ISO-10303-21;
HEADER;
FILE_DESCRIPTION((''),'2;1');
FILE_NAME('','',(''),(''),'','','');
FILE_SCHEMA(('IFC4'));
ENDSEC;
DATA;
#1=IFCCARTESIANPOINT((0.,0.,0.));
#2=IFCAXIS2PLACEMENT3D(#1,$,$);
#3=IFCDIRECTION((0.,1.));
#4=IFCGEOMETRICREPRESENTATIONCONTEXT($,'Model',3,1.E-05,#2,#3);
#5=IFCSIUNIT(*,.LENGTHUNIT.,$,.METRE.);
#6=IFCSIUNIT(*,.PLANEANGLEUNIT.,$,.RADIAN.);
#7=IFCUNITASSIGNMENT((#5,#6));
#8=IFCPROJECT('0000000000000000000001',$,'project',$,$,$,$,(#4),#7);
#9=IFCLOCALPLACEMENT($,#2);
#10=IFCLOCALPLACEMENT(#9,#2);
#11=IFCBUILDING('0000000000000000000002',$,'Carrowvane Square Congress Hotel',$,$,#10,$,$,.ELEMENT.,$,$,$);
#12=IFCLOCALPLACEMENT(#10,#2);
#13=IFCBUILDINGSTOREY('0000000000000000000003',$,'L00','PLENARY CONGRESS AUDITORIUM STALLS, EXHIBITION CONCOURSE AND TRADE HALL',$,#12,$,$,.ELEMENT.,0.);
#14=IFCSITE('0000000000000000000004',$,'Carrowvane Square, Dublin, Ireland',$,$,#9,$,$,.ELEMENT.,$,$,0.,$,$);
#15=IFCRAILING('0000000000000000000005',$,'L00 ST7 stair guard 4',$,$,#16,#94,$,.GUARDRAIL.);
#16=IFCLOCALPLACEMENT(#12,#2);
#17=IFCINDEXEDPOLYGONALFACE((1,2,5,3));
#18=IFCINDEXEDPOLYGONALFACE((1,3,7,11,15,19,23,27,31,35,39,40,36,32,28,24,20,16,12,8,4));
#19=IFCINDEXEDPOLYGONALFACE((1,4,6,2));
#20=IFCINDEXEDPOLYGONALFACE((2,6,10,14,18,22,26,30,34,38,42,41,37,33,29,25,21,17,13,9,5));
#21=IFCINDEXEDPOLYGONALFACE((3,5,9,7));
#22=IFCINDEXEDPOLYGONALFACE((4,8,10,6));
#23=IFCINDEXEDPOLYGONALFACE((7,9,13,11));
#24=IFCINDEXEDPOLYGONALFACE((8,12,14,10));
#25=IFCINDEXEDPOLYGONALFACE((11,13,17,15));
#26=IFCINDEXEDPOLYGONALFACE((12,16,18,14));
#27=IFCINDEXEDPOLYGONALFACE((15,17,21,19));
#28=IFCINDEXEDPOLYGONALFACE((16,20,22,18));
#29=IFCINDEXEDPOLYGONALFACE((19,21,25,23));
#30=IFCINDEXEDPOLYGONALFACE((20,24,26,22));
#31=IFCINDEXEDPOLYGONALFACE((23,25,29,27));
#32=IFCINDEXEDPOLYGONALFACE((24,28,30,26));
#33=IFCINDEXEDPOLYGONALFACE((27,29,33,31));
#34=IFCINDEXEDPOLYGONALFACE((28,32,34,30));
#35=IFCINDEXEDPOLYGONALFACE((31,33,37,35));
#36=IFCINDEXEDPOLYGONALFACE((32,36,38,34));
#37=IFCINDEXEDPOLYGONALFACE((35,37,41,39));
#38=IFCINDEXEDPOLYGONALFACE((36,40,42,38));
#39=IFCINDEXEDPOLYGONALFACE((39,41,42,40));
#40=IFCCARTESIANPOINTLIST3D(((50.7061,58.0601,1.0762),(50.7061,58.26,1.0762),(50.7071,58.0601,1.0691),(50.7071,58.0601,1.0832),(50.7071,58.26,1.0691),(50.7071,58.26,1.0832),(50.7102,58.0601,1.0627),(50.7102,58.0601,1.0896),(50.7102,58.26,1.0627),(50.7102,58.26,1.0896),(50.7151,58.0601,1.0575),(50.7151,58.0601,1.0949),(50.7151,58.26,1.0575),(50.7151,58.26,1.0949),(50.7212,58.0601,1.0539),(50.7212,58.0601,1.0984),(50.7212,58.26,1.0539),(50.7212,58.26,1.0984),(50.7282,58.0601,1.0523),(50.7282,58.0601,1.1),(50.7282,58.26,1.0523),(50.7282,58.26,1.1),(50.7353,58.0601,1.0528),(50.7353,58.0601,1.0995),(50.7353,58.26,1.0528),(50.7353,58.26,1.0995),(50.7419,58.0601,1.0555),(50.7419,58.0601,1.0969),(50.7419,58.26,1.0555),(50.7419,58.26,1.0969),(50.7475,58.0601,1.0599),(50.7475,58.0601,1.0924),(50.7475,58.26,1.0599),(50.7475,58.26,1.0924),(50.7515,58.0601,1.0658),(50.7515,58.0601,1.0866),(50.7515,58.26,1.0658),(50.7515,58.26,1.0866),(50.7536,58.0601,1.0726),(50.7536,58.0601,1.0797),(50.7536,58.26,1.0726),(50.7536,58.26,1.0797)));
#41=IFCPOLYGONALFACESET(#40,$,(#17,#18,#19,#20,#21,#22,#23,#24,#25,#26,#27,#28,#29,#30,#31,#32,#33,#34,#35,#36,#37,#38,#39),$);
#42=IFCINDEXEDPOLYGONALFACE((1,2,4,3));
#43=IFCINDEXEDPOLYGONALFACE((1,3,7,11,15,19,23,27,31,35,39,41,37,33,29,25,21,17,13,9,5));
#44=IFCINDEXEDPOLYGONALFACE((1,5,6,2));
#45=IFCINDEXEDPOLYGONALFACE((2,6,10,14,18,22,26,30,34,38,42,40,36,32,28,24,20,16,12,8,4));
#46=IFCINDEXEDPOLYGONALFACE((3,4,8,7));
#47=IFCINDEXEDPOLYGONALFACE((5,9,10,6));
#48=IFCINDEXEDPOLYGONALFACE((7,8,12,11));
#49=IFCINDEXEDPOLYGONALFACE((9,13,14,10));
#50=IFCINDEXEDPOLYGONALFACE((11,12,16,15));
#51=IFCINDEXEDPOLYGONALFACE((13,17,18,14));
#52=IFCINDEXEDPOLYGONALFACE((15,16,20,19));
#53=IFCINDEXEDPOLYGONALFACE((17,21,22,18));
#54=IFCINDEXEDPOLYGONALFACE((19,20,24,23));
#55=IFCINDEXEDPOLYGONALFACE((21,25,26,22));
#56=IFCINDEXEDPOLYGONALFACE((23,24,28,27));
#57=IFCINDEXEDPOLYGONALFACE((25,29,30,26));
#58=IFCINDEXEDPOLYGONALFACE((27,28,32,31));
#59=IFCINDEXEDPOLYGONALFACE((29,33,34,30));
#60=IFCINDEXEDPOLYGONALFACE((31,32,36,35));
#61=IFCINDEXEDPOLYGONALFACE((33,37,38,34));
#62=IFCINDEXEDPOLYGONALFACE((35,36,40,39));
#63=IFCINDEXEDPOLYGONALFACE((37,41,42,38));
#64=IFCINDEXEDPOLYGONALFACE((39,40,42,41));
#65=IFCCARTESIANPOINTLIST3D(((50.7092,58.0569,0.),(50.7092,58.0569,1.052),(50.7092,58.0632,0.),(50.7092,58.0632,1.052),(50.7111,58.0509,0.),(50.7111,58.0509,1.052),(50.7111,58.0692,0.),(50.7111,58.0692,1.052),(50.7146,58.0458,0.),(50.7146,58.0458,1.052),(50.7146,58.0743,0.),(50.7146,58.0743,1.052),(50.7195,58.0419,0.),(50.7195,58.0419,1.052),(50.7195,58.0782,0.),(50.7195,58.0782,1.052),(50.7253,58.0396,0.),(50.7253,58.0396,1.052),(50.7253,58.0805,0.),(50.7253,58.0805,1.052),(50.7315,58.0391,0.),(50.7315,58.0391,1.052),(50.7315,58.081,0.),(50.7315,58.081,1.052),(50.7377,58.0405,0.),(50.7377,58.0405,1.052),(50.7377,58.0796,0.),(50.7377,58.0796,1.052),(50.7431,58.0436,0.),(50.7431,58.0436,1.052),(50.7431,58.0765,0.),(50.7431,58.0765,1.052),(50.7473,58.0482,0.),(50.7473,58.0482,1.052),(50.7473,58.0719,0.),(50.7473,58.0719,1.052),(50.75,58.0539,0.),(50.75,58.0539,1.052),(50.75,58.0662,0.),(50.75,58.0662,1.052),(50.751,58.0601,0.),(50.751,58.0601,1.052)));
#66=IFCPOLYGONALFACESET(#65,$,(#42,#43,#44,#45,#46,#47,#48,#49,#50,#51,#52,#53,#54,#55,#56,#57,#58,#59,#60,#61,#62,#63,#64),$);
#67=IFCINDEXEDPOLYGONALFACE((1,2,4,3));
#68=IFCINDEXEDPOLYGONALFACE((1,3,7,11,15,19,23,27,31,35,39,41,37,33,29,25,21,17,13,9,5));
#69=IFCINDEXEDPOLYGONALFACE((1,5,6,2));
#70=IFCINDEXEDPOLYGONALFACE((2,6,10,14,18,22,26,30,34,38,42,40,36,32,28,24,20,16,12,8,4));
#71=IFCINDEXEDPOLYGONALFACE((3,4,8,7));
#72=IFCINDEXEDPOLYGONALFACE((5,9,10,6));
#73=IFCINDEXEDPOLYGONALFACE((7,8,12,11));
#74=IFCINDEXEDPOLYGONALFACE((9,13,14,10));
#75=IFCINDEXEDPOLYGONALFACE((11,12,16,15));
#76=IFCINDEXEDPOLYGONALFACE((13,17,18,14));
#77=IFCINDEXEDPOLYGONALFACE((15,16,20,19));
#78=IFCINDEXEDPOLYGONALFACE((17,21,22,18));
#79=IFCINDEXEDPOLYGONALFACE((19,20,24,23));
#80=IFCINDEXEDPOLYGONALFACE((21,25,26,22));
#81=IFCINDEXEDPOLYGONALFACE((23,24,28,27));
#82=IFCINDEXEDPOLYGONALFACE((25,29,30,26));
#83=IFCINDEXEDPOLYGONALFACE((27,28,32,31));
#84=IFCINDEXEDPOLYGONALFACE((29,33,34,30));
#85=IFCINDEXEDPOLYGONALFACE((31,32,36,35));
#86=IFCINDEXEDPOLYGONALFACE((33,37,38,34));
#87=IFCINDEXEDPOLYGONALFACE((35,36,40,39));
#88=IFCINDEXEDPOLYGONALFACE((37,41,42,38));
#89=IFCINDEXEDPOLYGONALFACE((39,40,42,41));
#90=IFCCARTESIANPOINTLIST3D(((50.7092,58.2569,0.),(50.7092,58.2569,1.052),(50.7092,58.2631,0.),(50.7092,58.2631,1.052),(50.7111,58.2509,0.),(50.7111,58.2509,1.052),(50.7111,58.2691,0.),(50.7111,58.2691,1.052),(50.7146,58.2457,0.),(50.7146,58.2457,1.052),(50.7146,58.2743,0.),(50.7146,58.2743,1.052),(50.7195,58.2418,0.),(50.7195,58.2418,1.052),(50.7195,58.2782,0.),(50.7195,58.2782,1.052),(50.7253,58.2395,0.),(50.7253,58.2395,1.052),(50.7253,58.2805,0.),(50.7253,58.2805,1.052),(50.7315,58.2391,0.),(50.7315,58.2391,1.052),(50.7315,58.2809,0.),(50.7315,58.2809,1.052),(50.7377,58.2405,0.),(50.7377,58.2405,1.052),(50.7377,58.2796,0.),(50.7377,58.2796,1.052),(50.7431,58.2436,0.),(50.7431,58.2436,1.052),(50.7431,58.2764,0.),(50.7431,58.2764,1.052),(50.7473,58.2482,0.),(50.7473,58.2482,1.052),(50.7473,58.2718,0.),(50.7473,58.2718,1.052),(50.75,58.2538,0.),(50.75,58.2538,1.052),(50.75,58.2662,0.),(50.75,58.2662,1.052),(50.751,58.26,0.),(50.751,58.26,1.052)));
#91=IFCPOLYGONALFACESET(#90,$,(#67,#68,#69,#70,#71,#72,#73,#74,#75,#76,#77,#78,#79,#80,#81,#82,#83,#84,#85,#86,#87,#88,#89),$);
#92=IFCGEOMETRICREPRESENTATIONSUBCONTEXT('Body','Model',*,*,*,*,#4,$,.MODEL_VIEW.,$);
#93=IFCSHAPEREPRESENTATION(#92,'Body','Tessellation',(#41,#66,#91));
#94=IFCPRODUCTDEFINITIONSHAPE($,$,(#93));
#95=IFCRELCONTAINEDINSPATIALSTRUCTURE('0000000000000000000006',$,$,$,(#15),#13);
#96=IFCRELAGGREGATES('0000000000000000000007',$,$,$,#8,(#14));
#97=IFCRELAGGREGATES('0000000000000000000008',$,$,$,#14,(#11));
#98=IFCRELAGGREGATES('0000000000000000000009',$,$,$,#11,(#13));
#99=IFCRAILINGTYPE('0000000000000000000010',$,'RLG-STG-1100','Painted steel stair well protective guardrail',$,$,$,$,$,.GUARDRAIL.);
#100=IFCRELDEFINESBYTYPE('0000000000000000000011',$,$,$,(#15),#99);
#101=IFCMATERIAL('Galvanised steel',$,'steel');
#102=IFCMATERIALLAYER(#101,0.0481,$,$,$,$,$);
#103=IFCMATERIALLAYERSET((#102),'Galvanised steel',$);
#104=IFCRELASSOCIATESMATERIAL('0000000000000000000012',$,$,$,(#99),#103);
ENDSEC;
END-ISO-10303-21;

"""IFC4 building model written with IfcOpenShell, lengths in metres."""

from ifc_helpers import new_model, si_unit, direction, frame, origin, origin_2d, place, context, subcontext, project, spatial, circle, extrude, material, layer, layer_set, type_object, element, save


model = new_model("IFC4")

# Units and contexts
model_context = context("Model", 3, precision=1e-05, world=origin(), true_north=direction((0.0, 1.0)))
body_context = subcontext(model_context, "Body", "Model", "MODEL_VIEW")
ifc_project = project(units=[si_unit("LENGTHUNIT", "METRE"), si_unit("PLANEANGLEUNIT", "RADIAN")], contexts=[model_context])

# Site, building, storey
site_placement = place(None, origin())
site = spatial("IfcSite", under=ifc_project, at=site_placement, Name="Carrowvane Square, Dublin, Ireland", CompositionType="ELEMENT", RefElevation=0.0)
building_placement = place(site_placement, origin())
building = spatial("IfcBuilding", under=site, at=building_placement, Name="Carrowvane Square Congress Hotel", CompositionType="ELEMENT")
storey_placement = place(building_placement, origin())
storey = spatial("IfcBuildingStorey", under=building, at=storey_placement, Name="L00", Description="PLENARY CONGRESS AUDITORIUM STALLS, EXHIBITION CONCOURSE AND TRADE HALL", CompositionType="ELEMENT", Elevation=0.0)

# Railing
ifc_material_1 = material(Name="Galvanised steel", Category="steel")
ifc_layer_1 = layer(ifc_material_1, 0.0481)
ifc_layer_set_1 = layer_set([ifc_layer_1], Name="Galvanised steel")
railing_type_1 = type_object("IfcRailingType", Name="RLG-STG-1100", Description="Painted steel stair well protective guardrail", PredefinedType="GUARDRAIL", material=ifc_layer_set_1)
railing_1_placement = place(storey_placement, frame((50.73, 58.0601, 0.0)))
element("IfcRailing", 1, at=railing_1_placement, inside=storey, type_object=railing_type_1, Name="L00 ST7 stair guard 4", PredefinedType="GUARDRAIL", context=body_context, shape_type="SweptSolid", body=[
    extrude(circle(Radius=0.0239, at=origin_2d()), frame((0.0, 0.0, 1.0762), z_axis=(0.0, 1.0, 0.0), x_axis=(-1.0, 0.0, 0.0)), (0.0, 0.0, 1.0), 0.2),
    extrude(circle(Radius=0.021, at=origin_2d()), origin(), (0.0, 0.0, 1.0), 1.052),
    extrude(circle(Radius=0.021, at=origin_2d()), frame((0.0, 0.2, 0.0)), (0.0, 0.0, 1.0), 1.052),
])

save(model, "model.ifc")
